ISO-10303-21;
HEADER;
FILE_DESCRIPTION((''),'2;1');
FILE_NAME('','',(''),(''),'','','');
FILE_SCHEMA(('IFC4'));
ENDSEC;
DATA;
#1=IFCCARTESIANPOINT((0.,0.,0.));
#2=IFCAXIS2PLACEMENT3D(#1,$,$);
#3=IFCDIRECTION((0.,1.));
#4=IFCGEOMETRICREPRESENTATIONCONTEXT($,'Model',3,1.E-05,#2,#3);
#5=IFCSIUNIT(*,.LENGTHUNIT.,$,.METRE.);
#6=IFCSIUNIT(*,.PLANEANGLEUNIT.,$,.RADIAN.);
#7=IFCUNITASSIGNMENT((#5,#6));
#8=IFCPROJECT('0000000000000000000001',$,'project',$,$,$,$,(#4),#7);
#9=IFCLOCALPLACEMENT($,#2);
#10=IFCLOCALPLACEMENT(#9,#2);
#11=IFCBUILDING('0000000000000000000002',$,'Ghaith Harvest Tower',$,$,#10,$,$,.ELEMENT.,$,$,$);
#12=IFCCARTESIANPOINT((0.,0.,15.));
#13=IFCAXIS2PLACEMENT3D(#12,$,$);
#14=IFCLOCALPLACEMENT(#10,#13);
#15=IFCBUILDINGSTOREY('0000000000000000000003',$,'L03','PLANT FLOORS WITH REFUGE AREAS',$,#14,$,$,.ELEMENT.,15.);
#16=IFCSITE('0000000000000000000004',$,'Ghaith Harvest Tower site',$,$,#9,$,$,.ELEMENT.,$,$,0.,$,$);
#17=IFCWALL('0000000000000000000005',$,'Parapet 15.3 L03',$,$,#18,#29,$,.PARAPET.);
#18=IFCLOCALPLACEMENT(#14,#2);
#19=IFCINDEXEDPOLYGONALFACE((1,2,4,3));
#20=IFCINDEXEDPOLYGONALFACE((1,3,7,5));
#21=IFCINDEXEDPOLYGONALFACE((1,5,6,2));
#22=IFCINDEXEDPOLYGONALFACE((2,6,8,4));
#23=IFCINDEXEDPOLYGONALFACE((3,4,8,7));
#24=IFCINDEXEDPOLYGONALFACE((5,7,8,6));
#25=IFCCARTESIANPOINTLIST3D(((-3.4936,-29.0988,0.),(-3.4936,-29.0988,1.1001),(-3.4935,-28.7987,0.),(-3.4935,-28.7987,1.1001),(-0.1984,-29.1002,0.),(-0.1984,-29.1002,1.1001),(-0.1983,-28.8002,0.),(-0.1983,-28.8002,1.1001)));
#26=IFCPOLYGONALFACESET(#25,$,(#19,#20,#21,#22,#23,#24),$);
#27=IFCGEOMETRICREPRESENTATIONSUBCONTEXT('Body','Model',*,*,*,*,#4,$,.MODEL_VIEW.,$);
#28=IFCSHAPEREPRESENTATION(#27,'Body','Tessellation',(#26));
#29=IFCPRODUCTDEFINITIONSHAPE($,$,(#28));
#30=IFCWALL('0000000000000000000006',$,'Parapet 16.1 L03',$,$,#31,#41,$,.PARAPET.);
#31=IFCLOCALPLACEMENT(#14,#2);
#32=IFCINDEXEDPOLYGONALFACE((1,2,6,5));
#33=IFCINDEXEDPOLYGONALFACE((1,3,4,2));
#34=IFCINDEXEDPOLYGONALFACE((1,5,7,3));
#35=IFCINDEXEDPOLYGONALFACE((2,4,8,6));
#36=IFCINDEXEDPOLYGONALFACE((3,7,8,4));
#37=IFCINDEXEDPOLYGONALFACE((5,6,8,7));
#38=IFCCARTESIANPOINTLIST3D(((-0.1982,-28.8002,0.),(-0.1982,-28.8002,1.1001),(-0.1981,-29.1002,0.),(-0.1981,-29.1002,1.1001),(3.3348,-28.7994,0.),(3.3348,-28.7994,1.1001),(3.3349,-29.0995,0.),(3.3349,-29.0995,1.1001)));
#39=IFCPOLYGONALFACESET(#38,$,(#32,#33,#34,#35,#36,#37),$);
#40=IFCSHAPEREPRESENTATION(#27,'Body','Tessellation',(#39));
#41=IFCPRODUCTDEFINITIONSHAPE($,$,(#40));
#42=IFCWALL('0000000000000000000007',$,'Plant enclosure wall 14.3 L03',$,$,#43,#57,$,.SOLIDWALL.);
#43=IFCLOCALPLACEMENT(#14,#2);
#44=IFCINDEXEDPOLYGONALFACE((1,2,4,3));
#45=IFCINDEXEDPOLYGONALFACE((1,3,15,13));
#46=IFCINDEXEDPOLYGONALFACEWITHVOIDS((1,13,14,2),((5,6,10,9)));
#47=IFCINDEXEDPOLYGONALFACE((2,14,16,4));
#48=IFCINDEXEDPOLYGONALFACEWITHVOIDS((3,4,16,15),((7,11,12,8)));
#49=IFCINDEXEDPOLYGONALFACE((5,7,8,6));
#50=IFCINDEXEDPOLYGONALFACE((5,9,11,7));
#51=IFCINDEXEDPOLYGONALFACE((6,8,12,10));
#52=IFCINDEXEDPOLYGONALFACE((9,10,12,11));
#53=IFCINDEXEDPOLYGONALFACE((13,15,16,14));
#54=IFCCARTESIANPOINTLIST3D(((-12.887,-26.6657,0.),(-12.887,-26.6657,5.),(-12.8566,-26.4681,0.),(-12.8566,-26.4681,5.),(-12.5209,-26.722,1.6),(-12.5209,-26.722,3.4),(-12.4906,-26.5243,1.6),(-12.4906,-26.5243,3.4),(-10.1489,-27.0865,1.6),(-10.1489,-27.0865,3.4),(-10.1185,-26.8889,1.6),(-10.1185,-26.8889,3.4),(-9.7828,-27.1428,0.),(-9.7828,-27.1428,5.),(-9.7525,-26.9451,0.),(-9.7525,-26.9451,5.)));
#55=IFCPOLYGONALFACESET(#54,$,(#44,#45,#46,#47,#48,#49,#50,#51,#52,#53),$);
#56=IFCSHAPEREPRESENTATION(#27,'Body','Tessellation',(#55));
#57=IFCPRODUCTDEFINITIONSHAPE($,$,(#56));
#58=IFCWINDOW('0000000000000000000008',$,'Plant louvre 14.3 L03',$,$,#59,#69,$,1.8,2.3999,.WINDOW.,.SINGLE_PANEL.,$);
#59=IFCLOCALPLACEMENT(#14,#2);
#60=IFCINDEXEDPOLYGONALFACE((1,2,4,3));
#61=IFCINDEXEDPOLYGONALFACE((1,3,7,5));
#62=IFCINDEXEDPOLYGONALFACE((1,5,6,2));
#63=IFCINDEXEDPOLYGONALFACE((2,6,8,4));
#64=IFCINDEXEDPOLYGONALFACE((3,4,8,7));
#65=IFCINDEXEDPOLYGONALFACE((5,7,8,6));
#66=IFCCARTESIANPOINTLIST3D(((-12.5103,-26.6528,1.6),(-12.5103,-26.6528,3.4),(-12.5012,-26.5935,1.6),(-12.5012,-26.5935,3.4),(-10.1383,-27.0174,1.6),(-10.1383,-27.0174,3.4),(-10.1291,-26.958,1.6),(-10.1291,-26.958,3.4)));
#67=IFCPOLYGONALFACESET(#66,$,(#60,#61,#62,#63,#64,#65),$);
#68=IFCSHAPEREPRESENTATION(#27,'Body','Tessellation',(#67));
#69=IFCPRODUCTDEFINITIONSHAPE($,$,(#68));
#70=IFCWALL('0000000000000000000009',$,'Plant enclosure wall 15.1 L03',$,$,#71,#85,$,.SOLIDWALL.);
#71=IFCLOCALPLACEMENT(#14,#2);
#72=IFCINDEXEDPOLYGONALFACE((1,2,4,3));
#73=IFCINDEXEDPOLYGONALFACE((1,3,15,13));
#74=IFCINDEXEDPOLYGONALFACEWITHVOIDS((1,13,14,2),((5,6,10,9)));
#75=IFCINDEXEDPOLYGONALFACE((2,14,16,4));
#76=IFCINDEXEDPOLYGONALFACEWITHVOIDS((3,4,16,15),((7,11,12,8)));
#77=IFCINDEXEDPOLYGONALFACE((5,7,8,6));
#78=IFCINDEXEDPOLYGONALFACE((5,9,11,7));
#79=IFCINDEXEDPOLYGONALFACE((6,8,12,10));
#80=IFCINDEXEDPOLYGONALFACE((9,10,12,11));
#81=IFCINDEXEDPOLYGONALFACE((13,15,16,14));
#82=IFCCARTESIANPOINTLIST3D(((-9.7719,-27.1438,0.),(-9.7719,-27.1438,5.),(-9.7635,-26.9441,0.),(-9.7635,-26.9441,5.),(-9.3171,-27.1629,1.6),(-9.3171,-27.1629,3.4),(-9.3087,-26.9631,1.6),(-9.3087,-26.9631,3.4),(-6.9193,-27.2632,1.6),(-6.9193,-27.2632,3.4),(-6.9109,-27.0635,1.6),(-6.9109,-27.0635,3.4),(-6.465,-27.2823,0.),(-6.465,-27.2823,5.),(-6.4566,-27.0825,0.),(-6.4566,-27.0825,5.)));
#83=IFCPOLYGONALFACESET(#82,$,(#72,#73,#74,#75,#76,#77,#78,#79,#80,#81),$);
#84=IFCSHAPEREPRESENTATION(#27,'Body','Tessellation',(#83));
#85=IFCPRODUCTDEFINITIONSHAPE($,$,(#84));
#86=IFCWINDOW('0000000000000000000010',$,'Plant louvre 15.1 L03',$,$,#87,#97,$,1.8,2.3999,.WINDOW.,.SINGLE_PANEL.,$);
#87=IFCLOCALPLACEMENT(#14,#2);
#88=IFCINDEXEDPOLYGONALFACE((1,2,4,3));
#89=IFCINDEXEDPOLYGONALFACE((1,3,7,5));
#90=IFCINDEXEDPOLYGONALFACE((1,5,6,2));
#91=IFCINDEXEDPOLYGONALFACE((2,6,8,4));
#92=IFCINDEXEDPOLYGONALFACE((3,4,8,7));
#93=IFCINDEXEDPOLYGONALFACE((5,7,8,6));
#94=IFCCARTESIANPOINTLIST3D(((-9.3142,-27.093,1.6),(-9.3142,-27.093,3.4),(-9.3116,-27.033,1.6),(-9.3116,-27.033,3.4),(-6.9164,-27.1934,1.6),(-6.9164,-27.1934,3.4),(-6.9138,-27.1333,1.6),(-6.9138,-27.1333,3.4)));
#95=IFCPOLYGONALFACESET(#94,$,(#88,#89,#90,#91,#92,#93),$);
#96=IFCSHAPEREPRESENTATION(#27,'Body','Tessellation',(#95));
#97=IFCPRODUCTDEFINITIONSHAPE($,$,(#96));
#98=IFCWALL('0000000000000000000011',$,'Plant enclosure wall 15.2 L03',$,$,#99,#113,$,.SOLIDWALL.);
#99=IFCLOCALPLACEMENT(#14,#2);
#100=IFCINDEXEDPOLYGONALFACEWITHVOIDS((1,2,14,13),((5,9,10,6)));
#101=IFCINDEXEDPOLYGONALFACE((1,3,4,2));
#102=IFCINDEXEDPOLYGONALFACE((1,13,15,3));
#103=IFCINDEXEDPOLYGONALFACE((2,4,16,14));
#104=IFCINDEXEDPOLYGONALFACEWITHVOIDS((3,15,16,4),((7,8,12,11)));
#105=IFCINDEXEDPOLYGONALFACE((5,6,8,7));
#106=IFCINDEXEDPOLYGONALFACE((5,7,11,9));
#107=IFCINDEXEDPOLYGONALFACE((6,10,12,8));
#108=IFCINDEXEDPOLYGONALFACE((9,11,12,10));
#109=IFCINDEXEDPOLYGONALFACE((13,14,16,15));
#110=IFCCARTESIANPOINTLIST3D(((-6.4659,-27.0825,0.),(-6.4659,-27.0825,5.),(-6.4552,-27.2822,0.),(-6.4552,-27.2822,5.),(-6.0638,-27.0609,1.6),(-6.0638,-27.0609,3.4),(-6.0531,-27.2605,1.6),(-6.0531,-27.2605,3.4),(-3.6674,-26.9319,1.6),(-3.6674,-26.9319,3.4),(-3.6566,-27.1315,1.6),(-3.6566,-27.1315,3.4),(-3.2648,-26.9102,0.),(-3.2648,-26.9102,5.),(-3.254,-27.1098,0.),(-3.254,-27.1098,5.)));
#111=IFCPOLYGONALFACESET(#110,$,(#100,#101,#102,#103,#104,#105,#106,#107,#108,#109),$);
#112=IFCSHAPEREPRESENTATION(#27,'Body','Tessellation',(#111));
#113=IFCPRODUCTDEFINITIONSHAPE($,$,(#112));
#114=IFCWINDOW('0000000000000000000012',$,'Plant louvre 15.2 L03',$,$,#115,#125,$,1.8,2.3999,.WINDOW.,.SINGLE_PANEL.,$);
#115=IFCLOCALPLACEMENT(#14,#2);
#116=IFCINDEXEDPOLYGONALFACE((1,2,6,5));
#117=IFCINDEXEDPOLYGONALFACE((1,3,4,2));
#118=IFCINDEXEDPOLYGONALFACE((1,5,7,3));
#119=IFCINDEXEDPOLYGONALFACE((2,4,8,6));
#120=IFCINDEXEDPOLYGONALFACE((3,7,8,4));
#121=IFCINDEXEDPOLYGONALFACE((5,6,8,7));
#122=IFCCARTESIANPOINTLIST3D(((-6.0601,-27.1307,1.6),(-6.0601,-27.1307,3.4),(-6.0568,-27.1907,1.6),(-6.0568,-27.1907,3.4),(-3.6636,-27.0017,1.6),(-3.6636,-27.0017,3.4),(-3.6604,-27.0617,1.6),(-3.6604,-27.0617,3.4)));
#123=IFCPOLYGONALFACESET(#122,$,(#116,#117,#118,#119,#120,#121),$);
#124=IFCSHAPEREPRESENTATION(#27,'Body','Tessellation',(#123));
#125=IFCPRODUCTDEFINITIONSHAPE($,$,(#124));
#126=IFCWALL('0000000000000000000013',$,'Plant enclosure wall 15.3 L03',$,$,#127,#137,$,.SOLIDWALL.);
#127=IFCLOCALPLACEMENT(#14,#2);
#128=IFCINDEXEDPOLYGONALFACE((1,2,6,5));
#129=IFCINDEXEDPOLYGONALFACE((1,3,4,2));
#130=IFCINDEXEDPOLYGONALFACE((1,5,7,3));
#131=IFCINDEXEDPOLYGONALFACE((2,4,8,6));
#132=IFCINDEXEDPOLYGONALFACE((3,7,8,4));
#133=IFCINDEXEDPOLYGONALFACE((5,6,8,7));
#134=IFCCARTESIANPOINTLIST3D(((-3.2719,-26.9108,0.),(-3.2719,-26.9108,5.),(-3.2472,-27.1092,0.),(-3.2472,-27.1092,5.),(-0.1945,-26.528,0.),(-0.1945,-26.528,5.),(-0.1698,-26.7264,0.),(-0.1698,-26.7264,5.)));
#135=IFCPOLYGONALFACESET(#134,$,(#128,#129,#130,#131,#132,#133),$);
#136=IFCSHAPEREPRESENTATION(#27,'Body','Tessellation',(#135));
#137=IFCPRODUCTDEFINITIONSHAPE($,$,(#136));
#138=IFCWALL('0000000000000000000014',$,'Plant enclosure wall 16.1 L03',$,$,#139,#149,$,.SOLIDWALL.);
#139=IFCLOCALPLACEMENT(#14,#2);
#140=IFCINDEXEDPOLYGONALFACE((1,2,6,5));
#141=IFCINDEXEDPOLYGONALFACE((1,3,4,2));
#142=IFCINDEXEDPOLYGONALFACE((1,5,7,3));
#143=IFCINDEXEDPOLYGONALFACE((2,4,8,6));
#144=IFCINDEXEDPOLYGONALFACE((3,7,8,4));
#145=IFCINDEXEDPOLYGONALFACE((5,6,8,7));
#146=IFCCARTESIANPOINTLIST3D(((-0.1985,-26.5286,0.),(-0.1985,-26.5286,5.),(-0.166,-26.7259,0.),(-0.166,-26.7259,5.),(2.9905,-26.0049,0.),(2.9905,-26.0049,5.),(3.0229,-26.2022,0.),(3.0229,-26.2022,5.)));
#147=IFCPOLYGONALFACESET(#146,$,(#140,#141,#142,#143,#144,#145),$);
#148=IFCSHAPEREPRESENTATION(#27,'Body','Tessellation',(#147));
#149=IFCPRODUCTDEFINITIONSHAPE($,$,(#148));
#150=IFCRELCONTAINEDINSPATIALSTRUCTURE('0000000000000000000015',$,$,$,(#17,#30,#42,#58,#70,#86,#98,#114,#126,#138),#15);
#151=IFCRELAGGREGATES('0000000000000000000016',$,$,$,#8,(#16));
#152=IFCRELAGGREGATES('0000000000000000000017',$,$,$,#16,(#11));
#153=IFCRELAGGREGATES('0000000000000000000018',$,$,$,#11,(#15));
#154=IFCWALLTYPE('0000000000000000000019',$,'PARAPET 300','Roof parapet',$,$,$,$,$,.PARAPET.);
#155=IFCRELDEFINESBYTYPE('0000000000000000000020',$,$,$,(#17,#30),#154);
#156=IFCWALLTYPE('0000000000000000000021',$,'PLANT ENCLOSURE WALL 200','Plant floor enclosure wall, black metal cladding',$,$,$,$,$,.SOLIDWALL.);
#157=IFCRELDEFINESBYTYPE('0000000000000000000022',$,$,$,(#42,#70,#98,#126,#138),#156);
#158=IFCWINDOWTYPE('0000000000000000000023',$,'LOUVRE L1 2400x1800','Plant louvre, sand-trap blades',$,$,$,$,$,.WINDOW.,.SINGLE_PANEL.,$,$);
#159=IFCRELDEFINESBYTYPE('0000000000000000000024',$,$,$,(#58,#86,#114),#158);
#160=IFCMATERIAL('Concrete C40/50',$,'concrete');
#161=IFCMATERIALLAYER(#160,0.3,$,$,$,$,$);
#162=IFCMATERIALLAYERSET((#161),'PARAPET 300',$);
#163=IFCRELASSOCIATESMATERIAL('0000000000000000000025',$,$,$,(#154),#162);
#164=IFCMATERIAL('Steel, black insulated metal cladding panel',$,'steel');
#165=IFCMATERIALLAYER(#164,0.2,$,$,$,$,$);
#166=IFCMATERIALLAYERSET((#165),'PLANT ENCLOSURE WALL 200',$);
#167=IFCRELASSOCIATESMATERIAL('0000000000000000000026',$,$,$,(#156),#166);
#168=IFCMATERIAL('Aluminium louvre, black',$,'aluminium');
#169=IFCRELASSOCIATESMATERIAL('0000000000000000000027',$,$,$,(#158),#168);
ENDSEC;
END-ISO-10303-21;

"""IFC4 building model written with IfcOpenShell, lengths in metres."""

from ifc_helpers import new_model, si_unit, direction, frame, frame_2d, origin, place, context, subcontext, project, spatial, rectangle, extrude, material, layer, layer_set, type_object, element, fill, save


model = new_model("IFC4")

# Units and contexts
model_context = context("Model", 3, precision=1e-05, world=origin(), true_north=direction((0.0, 1.0)))
body_context = subcontext(model_context, "Body", "Model", "MODEL_VIEW")
ifc_project = project(units=[si_unit("LENGTHUNIT", "METRE"), si_unit("PLANEANGLEUNIT", "RADIAN")], contexts=[model_context])

# Site, building, storey
site_placement = place(None, origin())
site = spatial("IfcSite", under=ifc_project, at=site_placement, Name="Ghaith Harvest Tower site", CompositionType="ELEMENT", RefElevation=0.0)
building_placement = place(site_placement, origin())
building = spatial("IfcBuilding", under=site, at=building_placement, Name="Ghaith Harvest Tower", CompositionType="ELEMENT")
storey_placement = place(building_placement, frame((0.0, 0.0, 15.0)))
storey = spatial("IfcBuildingStorey", under=building, at=storey_placement, Name="L03", Description="PLANT FLOORS WITH REFUGE AREAS", CompositionType="ELEMENT", Elevation=15.0)

# Walls
ifc_material_1 = material(Name="Concrete C40/50", Category="concrete")
ifc_layer_1 = layer(ifc_material_1, 0.3)
ifc_layer_set_1 = layer_set([ifc_layer_1], Name="PARAPET 300")
wall_type_1 = type_object("IfcWallType", Name="PARAPET 300", Description="Roof parapet", PredefinedType="PARAPET", material=ifc_layer_set_1)
wall_1_placement = place(storey_placement, frame((-3.4934, -28.9487, 0.0), z_axis=(0.0, 0.0, 1.0), x_axis=(1.0, -0.000445, 0.0)))
element("IfcWall", 1, at=wall_1_placement, inside=storey, type_object=wall_type_1, Name="Parapet 15.3 L03", PredefinedType="PARAPET", context=body_context, shape_type="SweptSolid", body=[
    extrude(rectangle(XDim=3.2952, YDim=0.3, at=frame_2d((1.6475, 0.0))), origin(), (0.0, 0.0, 1.0), 1.1001),
])
wall_2_placement = place(storey_placement, frame((-0.1982, -28.9502, 0.0), z_axis=(0.0, 0.0, 1.0), x_axis=(1.0, 0.000207, 0.0)))
element("IfcWall", 2, at=wall_2_placement, inside=storey, type_object=wall_type_1, Name="Parapet 16.1 L03", PredefinedType="PARAPET", context=body_context, shape_type="SweptSolid", body=[
    extrude(rectangle(XDim=3.533, YDim=0.3, at=frame_2d((1.7666, 0.0))), origin(), (0.0, 0.0, 1.0), 1.1001),
])

# Walls, openings, windows
ifc_material_2 = material(Name="Steel, black insulated metal cladding panel", Category="steel")
ifc_layer_2 = layer(ifc_material_2, 0.2)
ifc_layer_set_2 = layer_set([ifc_layer_2], Name="PLANT ENCLOSURE WALL 200")
wall_type_2 = type_object("IfcWallType", Name="PLANT ENCLOSURE WALL 200", Description="Plant floor enclosure wall, black metal cladding", PredefinedType="SOLIDWALL", material=ifc_layer_set_2)
wall_3_placement = place(storey_placement, frame((-12.8718, -26.5669, 0.0), z_axis=(0.0, 0.0, 1.0), x_axis=(0.988397, -0.151894, 0.0)))
wall_3 = element("IfcWall", 3, at=wall_3_placement, inside=storey, type_object=wall_type_2, Name="Plant enclosure wall 14.3 L03", PredefinedType="SOLIDWALL", context=body_context, shape_type="SweptSolid", body=[
    extrude(rectangle(XDim=3.1406, YDim=0.2, at=frame_2d((1.5703, 0.0))), origin(), (0.0, 0.0, 1.0), 5.0),
])
opening_1_placement = place(wall_3_placement, frame((0.3704, 0.0, 1.6001)))
opening_1 = element("IfcOpeningElement", 4, at=opening_1_placement, cuts=wall_3, PredefinedType="OPENING", context=body_context, shape_type="SweptSolid", body=[
    extrude(rectangle(XDim=2.3999, YDim=1.8, at=frame_2d((1.2, 0.8999))), frame((0.0, 0.1099, 0.0), z_axis=(0.0, -1.0, 0.0), x_axis=(1.0, 0.0, 0.0)), (0.0, 0.0, 1.0), 0.22),
])
ifc_material_3 = material(Name="Aluminium louvre, black", Category="aluminium")
window_type = type_object("IfcWindowType", Name="LOUVRE L1 2400x1800", Description="Plant louvre, sand-trap blades", PartitioningType="SINGLE_PANEL", PredefinedType="WINDOW", material=ifc_material_3)
window_1_placement = place(opening_1_placement, origin())
window_1 = element("IfcWindow", 5, at=window_1_placement, inside=storey, type_object=window_type, Name="Plant louvre 14.3 L03", OverallHeight=1.8, OverallWidth=2.3999, PartitioningType="SINGLE_PANEL", PredefinedType="WINDOW", context=body_context, shape_type="SweptSolid", body=[
    extrude(rectangle(XDim=2.3999, YDim=1.8, at=frame_2d((1.2, 0.8999))), frame((0.0, 0.03, 0.0), z_axis=(0.0, -1.0, 0.0), x_axis=(1.0, 0.0, 0.0)), (0.0, 0.0, 1.0), 0.0601),
])
fill(opening_1, window_1)
wall_4_placement = place(storey_placement, frame((-9.7676, -27.0439, 0.0), z_axis=(0.0, 0.0, 1.0), x_axis=(0.999125, -0.041824, 0.0)))
wall_4 = element("IfcWall", 6, at=wall_4_placement, inside=storey, type_object=wall_type_2, Name="Plant enclosure wall 15.1 L03", PredefinedType="SOLIDWALL", context=body_context, shape_type="SweptSolid", body=[
    extrude(rectangle(XDim=3.3098, YDim=0.2, at=frame_2d((1.6548, 0.0))), origin(), (0.0, 0.0, 1.0), 5.0),
])
opening_2_placement = place(wall_4_placement, frame((0.4551, 0.0, 1.6001)))
opening_2 = element("IfcOpeningElement", 7, at=opening_2_placement, cuts=wall_4, PredefinedType="OPENING", context=body_context, shape_type="SweptSolid", body=[
    extrude(rectangle(XDim=2.3999, YDim=1.8, at=frame_2d((1.2, 0.8999))), frame((0.0, 0.1099, 0.0), z_axis=(0.0, -1.0, 0.0), x_axis=(1.0, 0.0, 0.0)), (0.0, 0.0, 1.0), 0.22),
])
window_2_placement = place(opening_2_placement, origin())
window_2 = element("IfcWindow", 8, at=window_2_placement, inside=storey, type_object=window_type, Name="Plant louvre 15.1 L03", OverallHeight=1.8, OverallWidth=2.3999, PartitioningType="SINGLE_PANEL", PredefinedType="WINDOW", context=body_context, shape_type="SweptSolid", body=[
    extrude(rectangle(XDim=2.3999, YDim=1.8, at=frame_2d((1.2, 0.8999))), frame((0.0, 0.03, 0.0), z_axis=(0.0, -1.0, 0.0), x_axis=(1.0, 0.0, 0.0)), (0.0, 0.0, 1.0), 0.0601),
])
fill(opening_2, window_2)
wall_5_placement = place(storey_placement, frame((-6.4607, -27.1824, 0.0), z_axis=(0.0, 0.0, 1.0), x_axis=(0.998554, 0.053766, 0.0)))
wall_5 = element("IfcWall", 9, at=wall_5_placement, inside=storey, type_object=wall_type_2, Name="Plant enclosure wall 15.2 L03", PredefinedType="SOLIDWALL", context=body_context, shape_type="SweptSolid", body=[
    extrude(rectangle(XDim=3.2058, YDim=0.2, at=frame_2d((1.603, 0.0))), origin(), (0.0, 0.0, 1.0), 5.0),
])
opening_3_placement = place(wall_5_placement, frame((0.4028, 0.0, 1.6001)))
opening_3 = element("IfcOpeningElement", 10, at=opening_3_placement, cuts=wall_5, PredefinedType="OPENING", context=body_context, shape_type="SweptSolid", body=[
    extrude(rectangle(XDim=2.3999, YDim=1.8, at=frame_2d((1.2, 0.8999))), frame((0.0, 0.1099, 0.0), z_axis=(0.0, -1.0, 0.0), x_axis=(1.0, 0.0, 0.0)), (0.0, 0.0, 1.0), 0.22),
])
window_3_placement = place(opening_3_placement, origin())
window_3 = element("IfcWindow", 11, at=window_3_placement, inside=storey, type_object=window_type, Name="Plant louvre 15.2 L03", OverallHeight=1.8, OverallWidth=2.3999, PartitioningType="SINGLE_PANEL", PredefinedType="WINDOW", context=body_context, shape_type="SweptSolid", body=[
    extrude(rectangle(XDim=2.3999, YDim=1.8, at=frame_2d((1.2, 0.8999))), frame((0.0, 0.03, 0.0), z_axis=(0.0, -1.0, 0.0), x_axis=(1.0, 0.0, 0.0)), (0.0, 0.0, 1.0), 0.0601),
])
fill(opening_3, window_3)

# Walls
wall_6_placement = place(storey_placement, frame((-3.2595, -27.01, 0.0), z_axis=(0.0, 0.0, 1.0), x_axis=(0.992352, 0.123444, 0.0)))
element("IfcWall", 12, at=wall_6_placement, inside=storey, type_object=wall_type_2, Name="Plant enclosure wall 15.3 L03", PredefinedType="SOLIDWALL", context=body_context, shape_type="SweptSolid", body=[
    extrude(rectangle(XDim=3.1011, YDim=0.2, at=frame_2d((1.5505, 0.0))), origin(), (0.0, 0.0, 1.0), 5.0),
])
wall_7_placement = place(storey_placement, frame((-0.1821, -26.6272, 0.0), z_axis=(0.0, 0.0, 1.0), x_axis=(0.986783, 0.162046, 0.0)))
element("IfcWall", 13, at=wall_7_placement, inside=storey, type_object=wall_type_2, Name="Plant enclosure wall 16.1 L03", PredefinedType="SOLIDWALL", context=body_context, shape_type="SweptSolid", body=[
    extrude(rectangle(XDim=3.2317, YDim=0.2, at=frame_2d((1.6157, 0.0))), origin(), (0.0, 0.0, 1.0), 5.0),
])

save(model, "model.ifc")
